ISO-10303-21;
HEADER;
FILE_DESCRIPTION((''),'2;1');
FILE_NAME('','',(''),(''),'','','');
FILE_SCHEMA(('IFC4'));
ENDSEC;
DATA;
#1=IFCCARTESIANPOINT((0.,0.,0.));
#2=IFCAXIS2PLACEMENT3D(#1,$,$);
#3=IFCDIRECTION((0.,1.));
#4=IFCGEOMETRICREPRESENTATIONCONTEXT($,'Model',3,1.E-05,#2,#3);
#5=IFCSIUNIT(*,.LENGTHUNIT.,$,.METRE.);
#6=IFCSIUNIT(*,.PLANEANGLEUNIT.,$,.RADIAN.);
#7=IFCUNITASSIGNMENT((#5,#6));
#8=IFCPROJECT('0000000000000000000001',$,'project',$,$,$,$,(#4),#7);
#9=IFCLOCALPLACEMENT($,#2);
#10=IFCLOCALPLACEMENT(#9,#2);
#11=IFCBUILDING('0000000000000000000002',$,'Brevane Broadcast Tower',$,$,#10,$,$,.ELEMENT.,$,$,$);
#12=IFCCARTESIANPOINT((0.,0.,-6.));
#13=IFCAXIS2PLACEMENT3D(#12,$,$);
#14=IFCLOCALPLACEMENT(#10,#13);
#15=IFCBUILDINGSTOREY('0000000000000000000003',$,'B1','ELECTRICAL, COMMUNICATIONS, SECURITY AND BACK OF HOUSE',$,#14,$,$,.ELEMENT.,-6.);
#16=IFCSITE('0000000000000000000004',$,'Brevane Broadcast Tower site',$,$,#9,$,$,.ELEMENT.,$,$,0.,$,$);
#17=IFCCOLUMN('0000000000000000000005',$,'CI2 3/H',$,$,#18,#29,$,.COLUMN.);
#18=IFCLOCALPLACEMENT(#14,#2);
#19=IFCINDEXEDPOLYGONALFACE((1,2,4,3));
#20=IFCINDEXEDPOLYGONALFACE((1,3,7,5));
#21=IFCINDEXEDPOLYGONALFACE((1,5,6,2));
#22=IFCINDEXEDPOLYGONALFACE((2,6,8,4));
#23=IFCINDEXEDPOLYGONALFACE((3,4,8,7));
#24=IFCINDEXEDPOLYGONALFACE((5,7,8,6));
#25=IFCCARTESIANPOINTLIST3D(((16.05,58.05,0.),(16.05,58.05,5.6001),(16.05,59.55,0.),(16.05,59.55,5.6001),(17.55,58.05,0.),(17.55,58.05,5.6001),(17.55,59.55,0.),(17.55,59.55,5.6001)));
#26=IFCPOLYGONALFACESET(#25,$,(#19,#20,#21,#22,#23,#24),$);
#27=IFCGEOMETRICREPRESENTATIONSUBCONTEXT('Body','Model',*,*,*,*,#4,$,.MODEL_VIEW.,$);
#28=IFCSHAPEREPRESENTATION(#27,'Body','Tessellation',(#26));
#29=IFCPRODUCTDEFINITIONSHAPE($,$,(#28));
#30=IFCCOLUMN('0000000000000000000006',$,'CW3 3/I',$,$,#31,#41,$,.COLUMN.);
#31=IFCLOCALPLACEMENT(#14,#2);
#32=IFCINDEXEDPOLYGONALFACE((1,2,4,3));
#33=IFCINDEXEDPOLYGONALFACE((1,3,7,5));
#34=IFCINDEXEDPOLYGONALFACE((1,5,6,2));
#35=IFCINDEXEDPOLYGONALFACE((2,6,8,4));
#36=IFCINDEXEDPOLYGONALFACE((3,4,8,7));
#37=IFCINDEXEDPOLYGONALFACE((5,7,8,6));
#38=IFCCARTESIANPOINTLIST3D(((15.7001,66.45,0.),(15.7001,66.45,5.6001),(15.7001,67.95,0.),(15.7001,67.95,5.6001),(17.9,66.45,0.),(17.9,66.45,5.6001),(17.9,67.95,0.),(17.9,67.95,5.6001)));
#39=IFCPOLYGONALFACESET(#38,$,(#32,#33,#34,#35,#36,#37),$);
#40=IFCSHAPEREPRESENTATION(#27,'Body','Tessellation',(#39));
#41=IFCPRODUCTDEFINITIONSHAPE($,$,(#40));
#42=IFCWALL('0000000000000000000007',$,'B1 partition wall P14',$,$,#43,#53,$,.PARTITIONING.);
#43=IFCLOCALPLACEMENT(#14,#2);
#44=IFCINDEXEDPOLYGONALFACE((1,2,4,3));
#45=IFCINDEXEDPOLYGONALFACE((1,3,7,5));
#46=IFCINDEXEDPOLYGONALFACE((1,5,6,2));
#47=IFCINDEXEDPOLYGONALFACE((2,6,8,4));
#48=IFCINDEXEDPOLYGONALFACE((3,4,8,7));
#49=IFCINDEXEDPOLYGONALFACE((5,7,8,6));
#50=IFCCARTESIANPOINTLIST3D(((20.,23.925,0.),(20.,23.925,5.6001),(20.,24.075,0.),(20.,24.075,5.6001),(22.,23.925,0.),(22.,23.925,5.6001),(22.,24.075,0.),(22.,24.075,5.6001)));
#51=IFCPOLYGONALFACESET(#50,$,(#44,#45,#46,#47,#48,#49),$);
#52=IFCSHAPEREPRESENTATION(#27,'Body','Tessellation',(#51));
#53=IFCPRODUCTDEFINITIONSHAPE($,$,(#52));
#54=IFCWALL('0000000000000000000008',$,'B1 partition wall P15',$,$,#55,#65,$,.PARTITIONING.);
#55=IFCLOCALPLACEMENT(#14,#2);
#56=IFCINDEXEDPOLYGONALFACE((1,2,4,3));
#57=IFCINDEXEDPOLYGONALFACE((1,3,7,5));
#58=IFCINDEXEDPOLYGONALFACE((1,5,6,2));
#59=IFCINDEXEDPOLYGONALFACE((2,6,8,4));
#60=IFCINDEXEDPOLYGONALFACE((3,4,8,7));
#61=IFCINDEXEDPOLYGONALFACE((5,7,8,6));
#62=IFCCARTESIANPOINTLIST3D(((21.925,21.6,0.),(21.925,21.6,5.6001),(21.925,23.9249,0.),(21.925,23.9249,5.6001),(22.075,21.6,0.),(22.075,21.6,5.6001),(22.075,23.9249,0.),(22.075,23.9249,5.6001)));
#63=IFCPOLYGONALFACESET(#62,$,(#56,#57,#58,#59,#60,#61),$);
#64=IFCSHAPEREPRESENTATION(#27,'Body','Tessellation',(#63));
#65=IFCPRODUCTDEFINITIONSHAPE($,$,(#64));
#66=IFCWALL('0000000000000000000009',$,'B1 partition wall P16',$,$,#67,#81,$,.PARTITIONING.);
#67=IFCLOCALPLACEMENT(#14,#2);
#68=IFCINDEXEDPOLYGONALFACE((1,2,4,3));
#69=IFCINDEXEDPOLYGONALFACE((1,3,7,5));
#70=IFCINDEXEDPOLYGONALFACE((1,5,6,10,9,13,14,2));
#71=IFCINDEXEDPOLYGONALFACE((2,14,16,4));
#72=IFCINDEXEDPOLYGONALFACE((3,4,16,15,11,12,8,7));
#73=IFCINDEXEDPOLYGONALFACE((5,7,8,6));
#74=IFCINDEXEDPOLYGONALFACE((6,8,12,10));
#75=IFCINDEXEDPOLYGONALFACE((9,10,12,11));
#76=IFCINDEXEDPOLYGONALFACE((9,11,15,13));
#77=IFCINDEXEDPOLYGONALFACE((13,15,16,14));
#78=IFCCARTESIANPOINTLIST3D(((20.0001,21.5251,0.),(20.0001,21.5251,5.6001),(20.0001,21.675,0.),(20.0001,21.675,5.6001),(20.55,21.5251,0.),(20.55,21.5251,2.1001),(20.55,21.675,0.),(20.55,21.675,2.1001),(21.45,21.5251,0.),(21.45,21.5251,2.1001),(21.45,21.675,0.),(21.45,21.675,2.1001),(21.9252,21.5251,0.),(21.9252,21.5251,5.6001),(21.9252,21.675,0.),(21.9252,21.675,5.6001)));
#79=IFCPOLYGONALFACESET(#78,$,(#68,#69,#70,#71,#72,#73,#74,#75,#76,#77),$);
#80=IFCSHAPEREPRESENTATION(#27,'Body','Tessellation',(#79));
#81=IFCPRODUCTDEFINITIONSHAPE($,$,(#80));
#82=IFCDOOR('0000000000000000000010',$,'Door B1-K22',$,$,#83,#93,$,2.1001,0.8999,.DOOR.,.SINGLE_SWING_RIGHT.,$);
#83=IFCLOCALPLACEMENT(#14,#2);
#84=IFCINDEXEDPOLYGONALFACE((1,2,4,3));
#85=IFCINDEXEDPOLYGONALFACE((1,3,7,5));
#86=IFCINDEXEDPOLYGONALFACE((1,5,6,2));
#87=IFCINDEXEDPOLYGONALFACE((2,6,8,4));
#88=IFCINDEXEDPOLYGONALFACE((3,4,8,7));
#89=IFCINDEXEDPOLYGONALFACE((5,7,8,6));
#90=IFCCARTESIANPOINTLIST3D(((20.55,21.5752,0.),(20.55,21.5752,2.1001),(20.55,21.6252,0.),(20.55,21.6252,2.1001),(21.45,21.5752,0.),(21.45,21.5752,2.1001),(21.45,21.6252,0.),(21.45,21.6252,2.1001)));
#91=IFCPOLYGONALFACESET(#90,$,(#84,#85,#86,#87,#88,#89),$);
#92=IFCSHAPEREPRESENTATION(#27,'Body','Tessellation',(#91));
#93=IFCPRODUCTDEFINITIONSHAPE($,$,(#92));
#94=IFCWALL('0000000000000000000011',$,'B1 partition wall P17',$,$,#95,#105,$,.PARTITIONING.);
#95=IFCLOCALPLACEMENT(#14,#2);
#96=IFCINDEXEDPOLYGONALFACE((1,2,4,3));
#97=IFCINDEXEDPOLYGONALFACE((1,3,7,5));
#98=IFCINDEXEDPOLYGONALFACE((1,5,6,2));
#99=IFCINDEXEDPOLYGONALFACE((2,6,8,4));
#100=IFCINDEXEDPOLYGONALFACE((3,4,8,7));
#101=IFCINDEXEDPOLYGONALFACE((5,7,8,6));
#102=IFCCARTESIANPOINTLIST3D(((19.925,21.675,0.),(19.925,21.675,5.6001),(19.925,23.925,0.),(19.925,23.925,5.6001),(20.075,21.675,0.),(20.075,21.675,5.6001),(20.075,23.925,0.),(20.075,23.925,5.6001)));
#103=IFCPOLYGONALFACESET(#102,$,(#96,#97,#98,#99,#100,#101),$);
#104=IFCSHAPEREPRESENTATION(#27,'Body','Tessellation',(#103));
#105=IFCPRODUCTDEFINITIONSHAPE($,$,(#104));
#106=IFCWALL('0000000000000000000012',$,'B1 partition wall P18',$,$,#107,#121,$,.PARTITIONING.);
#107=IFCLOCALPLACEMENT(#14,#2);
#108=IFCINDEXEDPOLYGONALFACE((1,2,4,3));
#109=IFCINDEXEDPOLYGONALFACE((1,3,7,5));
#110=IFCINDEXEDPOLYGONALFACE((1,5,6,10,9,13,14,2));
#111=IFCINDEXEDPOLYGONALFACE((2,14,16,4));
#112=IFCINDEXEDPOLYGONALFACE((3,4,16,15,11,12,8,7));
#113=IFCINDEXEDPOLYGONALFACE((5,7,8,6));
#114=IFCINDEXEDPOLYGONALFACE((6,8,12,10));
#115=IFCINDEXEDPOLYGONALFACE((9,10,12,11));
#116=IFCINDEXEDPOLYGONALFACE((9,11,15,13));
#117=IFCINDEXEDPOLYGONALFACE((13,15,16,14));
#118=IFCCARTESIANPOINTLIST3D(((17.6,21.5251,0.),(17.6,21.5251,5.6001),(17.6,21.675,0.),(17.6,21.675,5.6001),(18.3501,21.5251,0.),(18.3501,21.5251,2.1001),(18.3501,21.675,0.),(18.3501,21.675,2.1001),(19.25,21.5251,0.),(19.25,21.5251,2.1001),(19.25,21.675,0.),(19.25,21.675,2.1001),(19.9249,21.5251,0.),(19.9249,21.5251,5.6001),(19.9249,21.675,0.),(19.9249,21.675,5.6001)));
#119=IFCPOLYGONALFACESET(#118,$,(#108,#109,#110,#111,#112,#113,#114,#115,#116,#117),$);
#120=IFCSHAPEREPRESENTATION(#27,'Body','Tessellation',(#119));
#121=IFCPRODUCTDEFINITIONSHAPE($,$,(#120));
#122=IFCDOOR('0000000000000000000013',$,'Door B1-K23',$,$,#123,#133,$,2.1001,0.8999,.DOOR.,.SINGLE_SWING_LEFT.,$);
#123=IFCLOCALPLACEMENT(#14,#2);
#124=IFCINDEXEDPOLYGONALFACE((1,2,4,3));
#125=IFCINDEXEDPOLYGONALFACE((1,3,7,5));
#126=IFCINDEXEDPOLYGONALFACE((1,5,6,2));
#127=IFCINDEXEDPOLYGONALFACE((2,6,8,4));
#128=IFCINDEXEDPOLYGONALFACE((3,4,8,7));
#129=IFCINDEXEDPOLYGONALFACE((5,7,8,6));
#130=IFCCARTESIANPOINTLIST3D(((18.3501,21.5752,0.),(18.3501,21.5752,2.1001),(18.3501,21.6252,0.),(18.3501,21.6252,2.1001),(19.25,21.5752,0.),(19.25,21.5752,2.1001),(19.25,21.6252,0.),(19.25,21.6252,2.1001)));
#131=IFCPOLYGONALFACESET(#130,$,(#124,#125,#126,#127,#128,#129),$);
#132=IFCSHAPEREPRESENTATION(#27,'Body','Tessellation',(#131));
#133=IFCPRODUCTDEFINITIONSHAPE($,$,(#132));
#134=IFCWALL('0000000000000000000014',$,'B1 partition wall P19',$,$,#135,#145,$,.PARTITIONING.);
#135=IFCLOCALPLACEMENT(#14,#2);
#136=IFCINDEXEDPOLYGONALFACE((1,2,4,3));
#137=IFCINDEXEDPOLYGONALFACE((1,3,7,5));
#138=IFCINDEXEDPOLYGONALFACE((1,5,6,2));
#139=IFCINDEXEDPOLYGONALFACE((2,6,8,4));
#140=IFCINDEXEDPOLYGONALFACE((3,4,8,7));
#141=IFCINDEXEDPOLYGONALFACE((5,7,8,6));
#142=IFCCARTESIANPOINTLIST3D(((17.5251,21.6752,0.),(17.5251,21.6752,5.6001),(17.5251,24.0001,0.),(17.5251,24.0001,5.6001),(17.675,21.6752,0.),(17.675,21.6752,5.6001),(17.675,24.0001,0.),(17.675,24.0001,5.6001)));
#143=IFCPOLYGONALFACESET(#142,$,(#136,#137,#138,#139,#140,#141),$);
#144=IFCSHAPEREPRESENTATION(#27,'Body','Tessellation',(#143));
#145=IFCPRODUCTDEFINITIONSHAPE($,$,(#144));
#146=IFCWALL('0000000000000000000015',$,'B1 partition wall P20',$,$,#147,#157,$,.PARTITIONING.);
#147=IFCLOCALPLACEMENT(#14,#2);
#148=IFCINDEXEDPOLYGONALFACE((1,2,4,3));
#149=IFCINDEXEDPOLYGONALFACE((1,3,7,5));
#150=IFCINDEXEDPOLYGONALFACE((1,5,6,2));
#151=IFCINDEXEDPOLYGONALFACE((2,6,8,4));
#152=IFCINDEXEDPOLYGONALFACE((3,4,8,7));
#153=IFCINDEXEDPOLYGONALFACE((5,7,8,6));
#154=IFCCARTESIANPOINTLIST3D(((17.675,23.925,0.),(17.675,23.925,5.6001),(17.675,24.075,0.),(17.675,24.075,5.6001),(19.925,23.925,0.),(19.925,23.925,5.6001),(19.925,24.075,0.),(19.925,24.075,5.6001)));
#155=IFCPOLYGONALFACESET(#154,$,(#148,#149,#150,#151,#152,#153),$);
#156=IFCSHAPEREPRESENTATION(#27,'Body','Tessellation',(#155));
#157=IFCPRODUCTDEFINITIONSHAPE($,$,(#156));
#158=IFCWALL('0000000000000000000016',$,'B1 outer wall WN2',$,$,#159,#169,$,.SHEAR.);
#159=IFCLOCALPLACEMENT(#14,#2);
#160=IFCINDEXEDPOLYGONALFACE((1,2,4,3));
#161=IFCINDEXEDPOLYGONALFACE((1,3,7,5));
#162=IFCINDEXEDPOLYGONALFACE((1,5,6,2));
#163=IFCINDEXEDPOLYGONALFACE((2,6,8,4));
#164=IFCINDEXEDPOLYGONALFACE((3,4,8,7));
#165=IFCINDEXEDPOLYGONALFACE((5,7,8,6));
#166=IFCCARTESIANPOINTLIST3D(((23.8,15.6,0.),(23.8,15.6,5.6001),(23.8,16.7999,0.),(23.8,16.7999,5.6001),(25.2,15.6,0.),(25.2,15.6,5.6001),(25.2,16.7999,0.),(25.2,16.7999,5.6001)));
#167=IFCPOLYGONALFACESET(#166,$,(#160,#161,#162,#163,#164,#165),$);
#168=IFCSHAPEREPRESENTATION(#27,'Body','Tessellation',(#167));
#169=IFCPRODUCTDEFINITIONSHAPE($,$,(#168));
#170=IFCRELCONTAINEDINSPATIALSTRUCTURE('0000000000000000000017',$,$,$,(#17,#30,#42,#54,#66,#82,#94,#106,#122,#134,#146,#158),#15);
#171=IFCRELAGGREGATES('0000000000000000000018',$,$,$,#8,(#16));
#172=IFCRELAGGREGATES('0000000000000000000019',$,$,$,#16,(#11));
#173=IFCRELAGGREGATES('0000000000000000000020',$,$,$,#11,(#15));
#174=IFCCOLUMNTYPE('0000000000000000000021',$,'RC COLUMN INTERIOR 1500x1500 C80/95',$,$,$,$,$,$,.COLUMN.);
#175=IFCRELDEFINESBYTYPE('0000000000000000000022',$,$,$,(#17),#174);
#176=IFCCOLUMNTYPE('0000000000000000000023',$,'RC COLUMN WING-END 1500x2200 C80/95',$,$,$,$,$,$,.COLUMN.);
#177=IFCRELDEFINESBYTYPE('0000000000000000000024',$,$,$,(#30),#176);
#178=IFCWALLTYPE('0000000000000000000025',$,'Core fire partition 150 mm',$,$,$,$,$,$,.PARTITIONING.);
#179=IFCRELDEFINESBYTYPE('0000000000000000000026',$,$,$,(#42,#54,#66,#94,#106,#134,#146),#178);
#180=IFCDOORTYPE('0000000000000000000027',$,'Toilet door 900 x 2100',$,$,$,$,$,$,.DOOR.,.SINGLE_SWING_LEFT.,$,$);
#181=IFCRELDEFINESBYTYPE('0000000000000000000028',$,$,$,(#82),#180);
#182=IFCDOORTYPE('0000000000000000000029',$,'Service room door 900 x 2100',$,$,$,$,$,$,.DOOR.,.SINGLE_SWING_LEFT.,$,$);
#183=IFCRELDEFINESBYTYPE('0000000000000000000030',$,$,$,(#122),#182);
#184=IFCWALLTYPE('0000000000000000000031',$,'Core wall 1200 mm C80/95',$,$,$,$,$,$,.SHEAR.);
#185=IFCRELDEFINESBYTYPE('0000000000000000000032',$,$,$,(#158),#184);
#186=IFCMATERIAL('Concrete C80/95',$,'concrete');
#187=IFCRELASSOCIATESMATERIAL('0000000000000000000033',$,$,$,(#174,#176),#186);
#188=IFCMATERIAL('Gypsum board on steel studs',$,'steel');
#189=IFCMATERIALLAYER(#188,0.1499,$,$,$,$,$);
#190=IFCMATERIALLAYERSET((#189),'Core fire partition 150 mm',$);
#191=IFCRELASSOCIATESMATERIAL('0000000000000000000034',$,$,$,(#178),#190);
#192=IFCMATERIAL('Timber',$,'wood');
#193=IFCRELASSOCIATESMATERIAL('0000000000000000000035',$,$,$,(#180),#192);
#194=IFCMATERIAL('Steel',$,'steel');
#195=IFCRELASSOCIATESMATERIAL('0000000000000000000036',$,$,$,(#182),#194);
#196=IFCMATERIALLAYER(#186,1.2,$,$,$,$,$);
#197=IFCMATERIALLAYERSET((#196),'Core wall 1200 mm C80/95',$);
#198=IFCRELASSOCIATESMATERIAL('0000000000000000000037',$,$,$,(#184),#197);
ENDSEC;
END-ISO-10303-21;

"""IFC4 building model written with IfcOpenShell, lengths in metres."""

from ifc_helpers import new_model, si_unit, direction, frame, frame_2d, origin, origin_2d, place, context, subcontext, project, spatial, rectangle, extrude, material, layer, layer_set, material_profile, profile_set, type_object, element, fill, save


model = new_model("IFC4")

# Units and contexts
model_context = context("Model", 3, precision=1e-05, world=origin(), true_north=direction((0.0, 1.0)))
body_context = subcontext(model_context, "Body", "Model", "MODEL_VIEW")
ifc_project = project(units=[si_unit("LENGTHUNIT", "METRE"), si_unit("PLANEANGLEUNIT", "RADIAN")], contexts=[model_context])

# Site, building, storey
site_placement = place(None, origin())
site = spatial("IfcSite", under=ifc_project, at=site_placement, Name="Brevane Broadcast Tower site", CompositionType="ELEMENT", RefElevation=0.0)
building_placement = place(site_placement, origin())
building = spatial("IfcBuilding", under=site, at=building_placement, Name="Brevane Broadcast Tower", CompositionType="ELEMENT")
storey_placement = place(building_placement, frame((0.0, 0.0, -6.0)))
storey = spatial("IfcBuildingStorey", under=building, at=storey_placement, Name="B1", Description="ELECTRICAL, COMMUNICATIONS, SECURITY AND BACK OF HOUSE", CompositionType="ELEMENT", Elevation=-6.0)

# Columns
ifc_material_1 = material(Name="Concrete C80/95", Category="concrete")
ifc_material_profile_1 = material_profile(ifc_material_1, rectangle(XDim=1.5, YDim=1.5, at=origin_2d()), Name="RC 1500x1500")
ifc_profile_set_1 = profile_set([ifc_material_profile_1], Name="Concrete C80/95")
column_type_1 = type_object("IfcColumnType", Name="RC COLUMN INTERIOR 1500x1500 C80/95", PredefinedType="COLUMN", material=ifc_profile_set_1)
for number, where, z_axis, x_axis, name in (
    (1, (16.8, 58.8, 0.0), (0.0, 0.0, 1.0), (1.0, 0.0, 0.0), "CI2 3/H"),
):
    element("IfcColumn", number, at=place(storey_placement, frame(where, z_axis=z_axis, x_axis=x_axis)), inside=storey, type_object=column_type_1, Name=name, PredefinedType="COLUMN", context=body_context, shape_type="SweptSolid", body=[
        extrude(rectangle(XDim=1.5, YDim=1.5, at=origin_2d()), origin(), (0.0, 0.0, 1.0), 5.6001),
    ])
ifc_material_profile_2 = material_profile(ifc_material_1, rectangle(XDim=1.5, YDim=2.2, at=origin_2d()), Name="RC 1500x2200")
ifc_profile_set_2 = profile_set([ifc_material_profile_2], Name="Concrete C80/95")
column_type_2 = type_object("IfcColumnType", Name="RC COLUMN WING-END 1500x2200 C80/95", PredefinedType="COLUMN", material=ifc_profile_set_2)
column_placement = place(storey_placement, frame((16.8, 67.2, 0.0), z_axis=(0.0, 0.0, 1.0), x_axis=(0.0, 1.0, 0.0)))
element("IfcColumn", 2, at=column_placement, inside=storey, type_object=column_type_2, Name="CW3 3/I", PredefinedType="COLUMN", context=body_context, shape_type="SweptSolid", body=[
    extrude(rectangle(XDim=1.5, YDim=2.2, at=origin_2d()), origin(), (0.0, 0.0, 1.0), 5.6001),
])

# Walls
ifc_material_2 = material(Name="Gypsum board on steel studs", Category="steel")
ifc_layer_1 = layer(ifc_material_2, 0.1499)
ifc_layer_set_1 = layer_set([ifc_layer_1], Name="Core fire partition 150 mm")
wall_type_1 = type_object("IfcWallType", Name="Core fire partition 150 mm", PredefinedType="PARTITIONING", material=ifc_layer_set_1)
wall_1_placement = place(storey_placement, frame((20.0, 24.0, 0.0), z_axis=(0.0, 0.0, 1.0), x_axis=(1.0, 0.0, 0.0)))
element("IfcWall", 3, at=wall_1_placement, inside=storey, type_object=wall_type_1, Name="B1 partition wall P14", PredefinedType="PARTITIONING", context=body_context, shape_type="SweptSolid", body=[
    extrude(rectangle(XDim=2.0, YDim=0.1499, at=frame_2d((1.0, 0.0))), origin(), (0.0, 0.0, 1.0), 5.6001),
])
wall_2_placement = place(storey_placement, frame((22.0, 23.925, 0.0), z_axis=(0.0, 0.0, 1.0), x_axis=(0.0, -1.0, 0.0)))
element("IfcWall", 4, at=wall_2_placement, inside=storey, type_object=wall_type_1, Name="B1 partition wall P15", PredefinedType="PARTITIONING", context=body_context, shape_type="SweptSolid", body=[
    extrude(rectangle(XDim=2.325, YDim=0.1499, at=frame_2d((1.1626, 0.0))), origin(), (0.0, 0.0, 1.0), 5.6001),
])

# Wall, opening, door
wall_3_placement = place(storey_placement, frame((21.925, 21.6001, 0.0), z_axis=(0.0, 0.0, 1.0), x_axis=(-1.0, 0.0, 0.0)))
wall_3 = element("IfcWall", 5, at=wall_3_placement, inside=storey, type_object=wall_type_1, Name="B1 partition wall P16", PredefinedType="PARTITIONING", context=body_context, shape_type="SweptSolid", body=[
    extrude(rectangle(XDim=1.925, YDim=0.1499, at=frame_2d((0.9624, 0.0))), origin(), (0.0, 0.0, 1.0), 5.6001),
])
opening_1_placement = place(wall_3_placement, frame((0.4751, 0.0, 0.0)))
opening_1 = element("IfcOpeningElement", 6, at=opening_1_placement, cuts=wall_3, PredefinedType="OPENING", context=body_context, shape_type="SweptSolid", body=[
    extrude(rectangle(XDim=0.8999, YDim=2.1001, at=frame_2d((0.45, 1.05))), frame((0.0, 0.085, 0.0), z_axis=(0.0, -1.0, 0.0), x_axis=(1.0, 0.0, 0.0)), (0.0, 0.0, 1.0), 0.1699),
])
ifc_material_3 = material(Name="Timber", Category="wood")
door_type_1 = type_object("IfcDoorType", Name="Toilet door 900 x 2100", OperationType="SINGLE_SWING_LEFT", PredefinedType="DOOR", material=ifc_material_3)
door_1_placement = place(opening_1_placement, origin())
door_1 = element("IfcDoor", 7, at=door_1_placement, inside=storey, type_object=door_type_1, Name="Door B1-K22", OperationType="SINGLE_SWING_RIGHT", OverallHeight=2.1001, OverallWidth=0.8999, PredefinedType="DOOR", context=body_context, shape_type="SweptSolid", body=[
    extrude(rectangle(XDim=0.8999, YDim=2.1001, at=frame_2d((0.45, 1.05))), frame((0.0, 0.0249, 0.0), z_axis=(0.0, -1.0, 0.0), x_axis=(1.0, 0.0, 0.0)), (0.0, 0.0, 1.0), 0.05),
])
fill(opening_1, door_1)

# Wall
wall_4_placement = place(storey_placement, frame((20.0, 21.675, 0.0), z_axis=(0.0, 0.0, 1.0), x_axis=(0.0, 1.0, 0.0)))
element("IfcWall", 8, at=wall_4_placement, inside=storey, type_object=wall_type_1, Name="B1 partition wall P17", PredefinedType="PARTITIONING", context=body_context, shape_type="SweptSolid", body=[
    extrude(rectangle(XDim=2.25, YDim=0.1499, at=frame_2d((1.125, 0.0))), origin(), (0.0, 0.0, 1.0), 5.6001),
])

# Wall, opening, door
wall_5_placement = place(storey_placement, frame((19.925, 21.6001, 0.0), z_axis=(0.0, 0.0, 1.0), x_axis=(-1.0, 0.0, 0.0)))
wall_5 = element("IfcWall", 9, at=wall_5_placement, inside=storey, type_object=wall_type_1, Name="B1 partition wall P18", PredefinedType="PARTITIONING", context=body_context, shape_type="SweptSolid", body=[
    extrude(rectangle(XDim=2.325, YDim=0.1499, at=frame_2d((1.1626, 0.0))), origin(), (0.0, 0.0, 1.0), 5.6001),
])
opening_2_placement = place(wall_5_placement, frame((0.675, 0.0, 0.0)))
opening_2 = element("IfcOpeningElement", 10, at=opening_2_placement, cuts=wall_5, PredefinedType="OPENING", context=body_context, shape_type="SweptSolid", body=[
    extrude(rectangle(XDim=0.8999, YDim=2.1001, at=frame_2d((0.45, 1.05))), frame((0.0, 0.085, 0.0), z_axis=(0.0, -1.0, 0.0), x_axis=(1.0, 0.0, 0.0)), (0.0, 0.0, 1.0), 0.1699),
])
ifc_material_4 = material(Name="Steel", Category="steel")
door_type_2 = type_object("IfcDoorType", Name="Service room door 900 x 2100", OperationType="SINGLE_SWING_LEFT", PredefinedType="DOOR", material=ifc_material_4)
door_2_placement = place(opening_2_placement, origin())
door_2 = element("IfcDoor", 11, at=door_2_placement, inside=storey, type_object=door_type_2, Name="Door B1-K23", OperationType="SINGLE_SWING_LEFT", OverallHeight=2.1001, OverallWidth=0.8999, PredefinedType="DOOR", context=body_context, shape_type="SweptSolid", body=[
    extrude(rectangle(XDim=0.8999, YDim=2.1001, at=frame_2d((0.45, 1.05))), frame((0.0, 0.0249, 0.0), z_axis=(0.0, -1.0, 0.0), x_axis=(1.0, 0.0, 0.0)), (0.0, 0.0, 1.0), 0.05),
])
fill(opening_2, door_2)

# Walls
wall_6_placement = place(storey_placement, frame((17.6001, 21.675, 0.0), z_axis=(0.0, 0.0, 1.0), x_axis=(0.0, 1.0, 0.0)))
element("IfcWall", 12, at=wall_6_placement, inside=storey, type_object=wall_type_1, Name="B1 partition wall P19", PredefinedType="PARTITIONING", context=body_context, shape_type="SweptSolid", body=[
    extrude(rectangle(XDim=2.325, YDim=0.1499, at=frame_2d((1.1626, 0.0))), origin(), (0.0, 0.0, 1.0), 5.6001),
])
wall_7_placement = place(storey_placement, frame((17.675, 24.0, 0.0), z_axis=(0.0, 0.0, 1.0), x_axis=(1.0, 0.0, 0.0)))
element("IfcWall", 13, at=wall_7_placement, inside=storey, type_object=wall_type_1, Name="B1 partition wall P20", PredefinedType="PARTITIONING", context=body_context, shape_type="SweptSolid", body=[
    extrude(rectangle(XDim=2.25, YDim=0.1499, at=frame_2d((1.125, 0.0))), origin(), (0.0, 0.0, 1.0), 5.6001),
])
ifc_layer_2 = layer(ifc_material_1, 1.2)
ifc_layer_set_2 = layer_set([ifc_layer_2], Name="Core wall 1200 mm C80/95")
wall_type_2 = type_object("IfcWallType", Name="Core wall 1200 mm C80/95", PredefinedType="SHEAR", material=ifc_layer_set_2)
wall_8_placement = place(storey_placement, frame((23.8, 16.2, 0.0), z_axis=(0.0, 0.0, 1.0), x_axis=(1.0, 0.0, 0.0)))
element("IfcWall", 14, at=wall_8_placement, inside=storey, type_object=wall_type_2, Name="B1 outer wall WN2", PredefinedType="SHEAR", context=body_context, shape_type="SweptSolid", body=[
    extrude(rectangle(XDim=1.3999, YDim=1.2, at=frame_2d((0.7, 0.0))), origin(), (0.0, 0.0, 1.0), 5.6001),
])

save(model, "model.ifc")
